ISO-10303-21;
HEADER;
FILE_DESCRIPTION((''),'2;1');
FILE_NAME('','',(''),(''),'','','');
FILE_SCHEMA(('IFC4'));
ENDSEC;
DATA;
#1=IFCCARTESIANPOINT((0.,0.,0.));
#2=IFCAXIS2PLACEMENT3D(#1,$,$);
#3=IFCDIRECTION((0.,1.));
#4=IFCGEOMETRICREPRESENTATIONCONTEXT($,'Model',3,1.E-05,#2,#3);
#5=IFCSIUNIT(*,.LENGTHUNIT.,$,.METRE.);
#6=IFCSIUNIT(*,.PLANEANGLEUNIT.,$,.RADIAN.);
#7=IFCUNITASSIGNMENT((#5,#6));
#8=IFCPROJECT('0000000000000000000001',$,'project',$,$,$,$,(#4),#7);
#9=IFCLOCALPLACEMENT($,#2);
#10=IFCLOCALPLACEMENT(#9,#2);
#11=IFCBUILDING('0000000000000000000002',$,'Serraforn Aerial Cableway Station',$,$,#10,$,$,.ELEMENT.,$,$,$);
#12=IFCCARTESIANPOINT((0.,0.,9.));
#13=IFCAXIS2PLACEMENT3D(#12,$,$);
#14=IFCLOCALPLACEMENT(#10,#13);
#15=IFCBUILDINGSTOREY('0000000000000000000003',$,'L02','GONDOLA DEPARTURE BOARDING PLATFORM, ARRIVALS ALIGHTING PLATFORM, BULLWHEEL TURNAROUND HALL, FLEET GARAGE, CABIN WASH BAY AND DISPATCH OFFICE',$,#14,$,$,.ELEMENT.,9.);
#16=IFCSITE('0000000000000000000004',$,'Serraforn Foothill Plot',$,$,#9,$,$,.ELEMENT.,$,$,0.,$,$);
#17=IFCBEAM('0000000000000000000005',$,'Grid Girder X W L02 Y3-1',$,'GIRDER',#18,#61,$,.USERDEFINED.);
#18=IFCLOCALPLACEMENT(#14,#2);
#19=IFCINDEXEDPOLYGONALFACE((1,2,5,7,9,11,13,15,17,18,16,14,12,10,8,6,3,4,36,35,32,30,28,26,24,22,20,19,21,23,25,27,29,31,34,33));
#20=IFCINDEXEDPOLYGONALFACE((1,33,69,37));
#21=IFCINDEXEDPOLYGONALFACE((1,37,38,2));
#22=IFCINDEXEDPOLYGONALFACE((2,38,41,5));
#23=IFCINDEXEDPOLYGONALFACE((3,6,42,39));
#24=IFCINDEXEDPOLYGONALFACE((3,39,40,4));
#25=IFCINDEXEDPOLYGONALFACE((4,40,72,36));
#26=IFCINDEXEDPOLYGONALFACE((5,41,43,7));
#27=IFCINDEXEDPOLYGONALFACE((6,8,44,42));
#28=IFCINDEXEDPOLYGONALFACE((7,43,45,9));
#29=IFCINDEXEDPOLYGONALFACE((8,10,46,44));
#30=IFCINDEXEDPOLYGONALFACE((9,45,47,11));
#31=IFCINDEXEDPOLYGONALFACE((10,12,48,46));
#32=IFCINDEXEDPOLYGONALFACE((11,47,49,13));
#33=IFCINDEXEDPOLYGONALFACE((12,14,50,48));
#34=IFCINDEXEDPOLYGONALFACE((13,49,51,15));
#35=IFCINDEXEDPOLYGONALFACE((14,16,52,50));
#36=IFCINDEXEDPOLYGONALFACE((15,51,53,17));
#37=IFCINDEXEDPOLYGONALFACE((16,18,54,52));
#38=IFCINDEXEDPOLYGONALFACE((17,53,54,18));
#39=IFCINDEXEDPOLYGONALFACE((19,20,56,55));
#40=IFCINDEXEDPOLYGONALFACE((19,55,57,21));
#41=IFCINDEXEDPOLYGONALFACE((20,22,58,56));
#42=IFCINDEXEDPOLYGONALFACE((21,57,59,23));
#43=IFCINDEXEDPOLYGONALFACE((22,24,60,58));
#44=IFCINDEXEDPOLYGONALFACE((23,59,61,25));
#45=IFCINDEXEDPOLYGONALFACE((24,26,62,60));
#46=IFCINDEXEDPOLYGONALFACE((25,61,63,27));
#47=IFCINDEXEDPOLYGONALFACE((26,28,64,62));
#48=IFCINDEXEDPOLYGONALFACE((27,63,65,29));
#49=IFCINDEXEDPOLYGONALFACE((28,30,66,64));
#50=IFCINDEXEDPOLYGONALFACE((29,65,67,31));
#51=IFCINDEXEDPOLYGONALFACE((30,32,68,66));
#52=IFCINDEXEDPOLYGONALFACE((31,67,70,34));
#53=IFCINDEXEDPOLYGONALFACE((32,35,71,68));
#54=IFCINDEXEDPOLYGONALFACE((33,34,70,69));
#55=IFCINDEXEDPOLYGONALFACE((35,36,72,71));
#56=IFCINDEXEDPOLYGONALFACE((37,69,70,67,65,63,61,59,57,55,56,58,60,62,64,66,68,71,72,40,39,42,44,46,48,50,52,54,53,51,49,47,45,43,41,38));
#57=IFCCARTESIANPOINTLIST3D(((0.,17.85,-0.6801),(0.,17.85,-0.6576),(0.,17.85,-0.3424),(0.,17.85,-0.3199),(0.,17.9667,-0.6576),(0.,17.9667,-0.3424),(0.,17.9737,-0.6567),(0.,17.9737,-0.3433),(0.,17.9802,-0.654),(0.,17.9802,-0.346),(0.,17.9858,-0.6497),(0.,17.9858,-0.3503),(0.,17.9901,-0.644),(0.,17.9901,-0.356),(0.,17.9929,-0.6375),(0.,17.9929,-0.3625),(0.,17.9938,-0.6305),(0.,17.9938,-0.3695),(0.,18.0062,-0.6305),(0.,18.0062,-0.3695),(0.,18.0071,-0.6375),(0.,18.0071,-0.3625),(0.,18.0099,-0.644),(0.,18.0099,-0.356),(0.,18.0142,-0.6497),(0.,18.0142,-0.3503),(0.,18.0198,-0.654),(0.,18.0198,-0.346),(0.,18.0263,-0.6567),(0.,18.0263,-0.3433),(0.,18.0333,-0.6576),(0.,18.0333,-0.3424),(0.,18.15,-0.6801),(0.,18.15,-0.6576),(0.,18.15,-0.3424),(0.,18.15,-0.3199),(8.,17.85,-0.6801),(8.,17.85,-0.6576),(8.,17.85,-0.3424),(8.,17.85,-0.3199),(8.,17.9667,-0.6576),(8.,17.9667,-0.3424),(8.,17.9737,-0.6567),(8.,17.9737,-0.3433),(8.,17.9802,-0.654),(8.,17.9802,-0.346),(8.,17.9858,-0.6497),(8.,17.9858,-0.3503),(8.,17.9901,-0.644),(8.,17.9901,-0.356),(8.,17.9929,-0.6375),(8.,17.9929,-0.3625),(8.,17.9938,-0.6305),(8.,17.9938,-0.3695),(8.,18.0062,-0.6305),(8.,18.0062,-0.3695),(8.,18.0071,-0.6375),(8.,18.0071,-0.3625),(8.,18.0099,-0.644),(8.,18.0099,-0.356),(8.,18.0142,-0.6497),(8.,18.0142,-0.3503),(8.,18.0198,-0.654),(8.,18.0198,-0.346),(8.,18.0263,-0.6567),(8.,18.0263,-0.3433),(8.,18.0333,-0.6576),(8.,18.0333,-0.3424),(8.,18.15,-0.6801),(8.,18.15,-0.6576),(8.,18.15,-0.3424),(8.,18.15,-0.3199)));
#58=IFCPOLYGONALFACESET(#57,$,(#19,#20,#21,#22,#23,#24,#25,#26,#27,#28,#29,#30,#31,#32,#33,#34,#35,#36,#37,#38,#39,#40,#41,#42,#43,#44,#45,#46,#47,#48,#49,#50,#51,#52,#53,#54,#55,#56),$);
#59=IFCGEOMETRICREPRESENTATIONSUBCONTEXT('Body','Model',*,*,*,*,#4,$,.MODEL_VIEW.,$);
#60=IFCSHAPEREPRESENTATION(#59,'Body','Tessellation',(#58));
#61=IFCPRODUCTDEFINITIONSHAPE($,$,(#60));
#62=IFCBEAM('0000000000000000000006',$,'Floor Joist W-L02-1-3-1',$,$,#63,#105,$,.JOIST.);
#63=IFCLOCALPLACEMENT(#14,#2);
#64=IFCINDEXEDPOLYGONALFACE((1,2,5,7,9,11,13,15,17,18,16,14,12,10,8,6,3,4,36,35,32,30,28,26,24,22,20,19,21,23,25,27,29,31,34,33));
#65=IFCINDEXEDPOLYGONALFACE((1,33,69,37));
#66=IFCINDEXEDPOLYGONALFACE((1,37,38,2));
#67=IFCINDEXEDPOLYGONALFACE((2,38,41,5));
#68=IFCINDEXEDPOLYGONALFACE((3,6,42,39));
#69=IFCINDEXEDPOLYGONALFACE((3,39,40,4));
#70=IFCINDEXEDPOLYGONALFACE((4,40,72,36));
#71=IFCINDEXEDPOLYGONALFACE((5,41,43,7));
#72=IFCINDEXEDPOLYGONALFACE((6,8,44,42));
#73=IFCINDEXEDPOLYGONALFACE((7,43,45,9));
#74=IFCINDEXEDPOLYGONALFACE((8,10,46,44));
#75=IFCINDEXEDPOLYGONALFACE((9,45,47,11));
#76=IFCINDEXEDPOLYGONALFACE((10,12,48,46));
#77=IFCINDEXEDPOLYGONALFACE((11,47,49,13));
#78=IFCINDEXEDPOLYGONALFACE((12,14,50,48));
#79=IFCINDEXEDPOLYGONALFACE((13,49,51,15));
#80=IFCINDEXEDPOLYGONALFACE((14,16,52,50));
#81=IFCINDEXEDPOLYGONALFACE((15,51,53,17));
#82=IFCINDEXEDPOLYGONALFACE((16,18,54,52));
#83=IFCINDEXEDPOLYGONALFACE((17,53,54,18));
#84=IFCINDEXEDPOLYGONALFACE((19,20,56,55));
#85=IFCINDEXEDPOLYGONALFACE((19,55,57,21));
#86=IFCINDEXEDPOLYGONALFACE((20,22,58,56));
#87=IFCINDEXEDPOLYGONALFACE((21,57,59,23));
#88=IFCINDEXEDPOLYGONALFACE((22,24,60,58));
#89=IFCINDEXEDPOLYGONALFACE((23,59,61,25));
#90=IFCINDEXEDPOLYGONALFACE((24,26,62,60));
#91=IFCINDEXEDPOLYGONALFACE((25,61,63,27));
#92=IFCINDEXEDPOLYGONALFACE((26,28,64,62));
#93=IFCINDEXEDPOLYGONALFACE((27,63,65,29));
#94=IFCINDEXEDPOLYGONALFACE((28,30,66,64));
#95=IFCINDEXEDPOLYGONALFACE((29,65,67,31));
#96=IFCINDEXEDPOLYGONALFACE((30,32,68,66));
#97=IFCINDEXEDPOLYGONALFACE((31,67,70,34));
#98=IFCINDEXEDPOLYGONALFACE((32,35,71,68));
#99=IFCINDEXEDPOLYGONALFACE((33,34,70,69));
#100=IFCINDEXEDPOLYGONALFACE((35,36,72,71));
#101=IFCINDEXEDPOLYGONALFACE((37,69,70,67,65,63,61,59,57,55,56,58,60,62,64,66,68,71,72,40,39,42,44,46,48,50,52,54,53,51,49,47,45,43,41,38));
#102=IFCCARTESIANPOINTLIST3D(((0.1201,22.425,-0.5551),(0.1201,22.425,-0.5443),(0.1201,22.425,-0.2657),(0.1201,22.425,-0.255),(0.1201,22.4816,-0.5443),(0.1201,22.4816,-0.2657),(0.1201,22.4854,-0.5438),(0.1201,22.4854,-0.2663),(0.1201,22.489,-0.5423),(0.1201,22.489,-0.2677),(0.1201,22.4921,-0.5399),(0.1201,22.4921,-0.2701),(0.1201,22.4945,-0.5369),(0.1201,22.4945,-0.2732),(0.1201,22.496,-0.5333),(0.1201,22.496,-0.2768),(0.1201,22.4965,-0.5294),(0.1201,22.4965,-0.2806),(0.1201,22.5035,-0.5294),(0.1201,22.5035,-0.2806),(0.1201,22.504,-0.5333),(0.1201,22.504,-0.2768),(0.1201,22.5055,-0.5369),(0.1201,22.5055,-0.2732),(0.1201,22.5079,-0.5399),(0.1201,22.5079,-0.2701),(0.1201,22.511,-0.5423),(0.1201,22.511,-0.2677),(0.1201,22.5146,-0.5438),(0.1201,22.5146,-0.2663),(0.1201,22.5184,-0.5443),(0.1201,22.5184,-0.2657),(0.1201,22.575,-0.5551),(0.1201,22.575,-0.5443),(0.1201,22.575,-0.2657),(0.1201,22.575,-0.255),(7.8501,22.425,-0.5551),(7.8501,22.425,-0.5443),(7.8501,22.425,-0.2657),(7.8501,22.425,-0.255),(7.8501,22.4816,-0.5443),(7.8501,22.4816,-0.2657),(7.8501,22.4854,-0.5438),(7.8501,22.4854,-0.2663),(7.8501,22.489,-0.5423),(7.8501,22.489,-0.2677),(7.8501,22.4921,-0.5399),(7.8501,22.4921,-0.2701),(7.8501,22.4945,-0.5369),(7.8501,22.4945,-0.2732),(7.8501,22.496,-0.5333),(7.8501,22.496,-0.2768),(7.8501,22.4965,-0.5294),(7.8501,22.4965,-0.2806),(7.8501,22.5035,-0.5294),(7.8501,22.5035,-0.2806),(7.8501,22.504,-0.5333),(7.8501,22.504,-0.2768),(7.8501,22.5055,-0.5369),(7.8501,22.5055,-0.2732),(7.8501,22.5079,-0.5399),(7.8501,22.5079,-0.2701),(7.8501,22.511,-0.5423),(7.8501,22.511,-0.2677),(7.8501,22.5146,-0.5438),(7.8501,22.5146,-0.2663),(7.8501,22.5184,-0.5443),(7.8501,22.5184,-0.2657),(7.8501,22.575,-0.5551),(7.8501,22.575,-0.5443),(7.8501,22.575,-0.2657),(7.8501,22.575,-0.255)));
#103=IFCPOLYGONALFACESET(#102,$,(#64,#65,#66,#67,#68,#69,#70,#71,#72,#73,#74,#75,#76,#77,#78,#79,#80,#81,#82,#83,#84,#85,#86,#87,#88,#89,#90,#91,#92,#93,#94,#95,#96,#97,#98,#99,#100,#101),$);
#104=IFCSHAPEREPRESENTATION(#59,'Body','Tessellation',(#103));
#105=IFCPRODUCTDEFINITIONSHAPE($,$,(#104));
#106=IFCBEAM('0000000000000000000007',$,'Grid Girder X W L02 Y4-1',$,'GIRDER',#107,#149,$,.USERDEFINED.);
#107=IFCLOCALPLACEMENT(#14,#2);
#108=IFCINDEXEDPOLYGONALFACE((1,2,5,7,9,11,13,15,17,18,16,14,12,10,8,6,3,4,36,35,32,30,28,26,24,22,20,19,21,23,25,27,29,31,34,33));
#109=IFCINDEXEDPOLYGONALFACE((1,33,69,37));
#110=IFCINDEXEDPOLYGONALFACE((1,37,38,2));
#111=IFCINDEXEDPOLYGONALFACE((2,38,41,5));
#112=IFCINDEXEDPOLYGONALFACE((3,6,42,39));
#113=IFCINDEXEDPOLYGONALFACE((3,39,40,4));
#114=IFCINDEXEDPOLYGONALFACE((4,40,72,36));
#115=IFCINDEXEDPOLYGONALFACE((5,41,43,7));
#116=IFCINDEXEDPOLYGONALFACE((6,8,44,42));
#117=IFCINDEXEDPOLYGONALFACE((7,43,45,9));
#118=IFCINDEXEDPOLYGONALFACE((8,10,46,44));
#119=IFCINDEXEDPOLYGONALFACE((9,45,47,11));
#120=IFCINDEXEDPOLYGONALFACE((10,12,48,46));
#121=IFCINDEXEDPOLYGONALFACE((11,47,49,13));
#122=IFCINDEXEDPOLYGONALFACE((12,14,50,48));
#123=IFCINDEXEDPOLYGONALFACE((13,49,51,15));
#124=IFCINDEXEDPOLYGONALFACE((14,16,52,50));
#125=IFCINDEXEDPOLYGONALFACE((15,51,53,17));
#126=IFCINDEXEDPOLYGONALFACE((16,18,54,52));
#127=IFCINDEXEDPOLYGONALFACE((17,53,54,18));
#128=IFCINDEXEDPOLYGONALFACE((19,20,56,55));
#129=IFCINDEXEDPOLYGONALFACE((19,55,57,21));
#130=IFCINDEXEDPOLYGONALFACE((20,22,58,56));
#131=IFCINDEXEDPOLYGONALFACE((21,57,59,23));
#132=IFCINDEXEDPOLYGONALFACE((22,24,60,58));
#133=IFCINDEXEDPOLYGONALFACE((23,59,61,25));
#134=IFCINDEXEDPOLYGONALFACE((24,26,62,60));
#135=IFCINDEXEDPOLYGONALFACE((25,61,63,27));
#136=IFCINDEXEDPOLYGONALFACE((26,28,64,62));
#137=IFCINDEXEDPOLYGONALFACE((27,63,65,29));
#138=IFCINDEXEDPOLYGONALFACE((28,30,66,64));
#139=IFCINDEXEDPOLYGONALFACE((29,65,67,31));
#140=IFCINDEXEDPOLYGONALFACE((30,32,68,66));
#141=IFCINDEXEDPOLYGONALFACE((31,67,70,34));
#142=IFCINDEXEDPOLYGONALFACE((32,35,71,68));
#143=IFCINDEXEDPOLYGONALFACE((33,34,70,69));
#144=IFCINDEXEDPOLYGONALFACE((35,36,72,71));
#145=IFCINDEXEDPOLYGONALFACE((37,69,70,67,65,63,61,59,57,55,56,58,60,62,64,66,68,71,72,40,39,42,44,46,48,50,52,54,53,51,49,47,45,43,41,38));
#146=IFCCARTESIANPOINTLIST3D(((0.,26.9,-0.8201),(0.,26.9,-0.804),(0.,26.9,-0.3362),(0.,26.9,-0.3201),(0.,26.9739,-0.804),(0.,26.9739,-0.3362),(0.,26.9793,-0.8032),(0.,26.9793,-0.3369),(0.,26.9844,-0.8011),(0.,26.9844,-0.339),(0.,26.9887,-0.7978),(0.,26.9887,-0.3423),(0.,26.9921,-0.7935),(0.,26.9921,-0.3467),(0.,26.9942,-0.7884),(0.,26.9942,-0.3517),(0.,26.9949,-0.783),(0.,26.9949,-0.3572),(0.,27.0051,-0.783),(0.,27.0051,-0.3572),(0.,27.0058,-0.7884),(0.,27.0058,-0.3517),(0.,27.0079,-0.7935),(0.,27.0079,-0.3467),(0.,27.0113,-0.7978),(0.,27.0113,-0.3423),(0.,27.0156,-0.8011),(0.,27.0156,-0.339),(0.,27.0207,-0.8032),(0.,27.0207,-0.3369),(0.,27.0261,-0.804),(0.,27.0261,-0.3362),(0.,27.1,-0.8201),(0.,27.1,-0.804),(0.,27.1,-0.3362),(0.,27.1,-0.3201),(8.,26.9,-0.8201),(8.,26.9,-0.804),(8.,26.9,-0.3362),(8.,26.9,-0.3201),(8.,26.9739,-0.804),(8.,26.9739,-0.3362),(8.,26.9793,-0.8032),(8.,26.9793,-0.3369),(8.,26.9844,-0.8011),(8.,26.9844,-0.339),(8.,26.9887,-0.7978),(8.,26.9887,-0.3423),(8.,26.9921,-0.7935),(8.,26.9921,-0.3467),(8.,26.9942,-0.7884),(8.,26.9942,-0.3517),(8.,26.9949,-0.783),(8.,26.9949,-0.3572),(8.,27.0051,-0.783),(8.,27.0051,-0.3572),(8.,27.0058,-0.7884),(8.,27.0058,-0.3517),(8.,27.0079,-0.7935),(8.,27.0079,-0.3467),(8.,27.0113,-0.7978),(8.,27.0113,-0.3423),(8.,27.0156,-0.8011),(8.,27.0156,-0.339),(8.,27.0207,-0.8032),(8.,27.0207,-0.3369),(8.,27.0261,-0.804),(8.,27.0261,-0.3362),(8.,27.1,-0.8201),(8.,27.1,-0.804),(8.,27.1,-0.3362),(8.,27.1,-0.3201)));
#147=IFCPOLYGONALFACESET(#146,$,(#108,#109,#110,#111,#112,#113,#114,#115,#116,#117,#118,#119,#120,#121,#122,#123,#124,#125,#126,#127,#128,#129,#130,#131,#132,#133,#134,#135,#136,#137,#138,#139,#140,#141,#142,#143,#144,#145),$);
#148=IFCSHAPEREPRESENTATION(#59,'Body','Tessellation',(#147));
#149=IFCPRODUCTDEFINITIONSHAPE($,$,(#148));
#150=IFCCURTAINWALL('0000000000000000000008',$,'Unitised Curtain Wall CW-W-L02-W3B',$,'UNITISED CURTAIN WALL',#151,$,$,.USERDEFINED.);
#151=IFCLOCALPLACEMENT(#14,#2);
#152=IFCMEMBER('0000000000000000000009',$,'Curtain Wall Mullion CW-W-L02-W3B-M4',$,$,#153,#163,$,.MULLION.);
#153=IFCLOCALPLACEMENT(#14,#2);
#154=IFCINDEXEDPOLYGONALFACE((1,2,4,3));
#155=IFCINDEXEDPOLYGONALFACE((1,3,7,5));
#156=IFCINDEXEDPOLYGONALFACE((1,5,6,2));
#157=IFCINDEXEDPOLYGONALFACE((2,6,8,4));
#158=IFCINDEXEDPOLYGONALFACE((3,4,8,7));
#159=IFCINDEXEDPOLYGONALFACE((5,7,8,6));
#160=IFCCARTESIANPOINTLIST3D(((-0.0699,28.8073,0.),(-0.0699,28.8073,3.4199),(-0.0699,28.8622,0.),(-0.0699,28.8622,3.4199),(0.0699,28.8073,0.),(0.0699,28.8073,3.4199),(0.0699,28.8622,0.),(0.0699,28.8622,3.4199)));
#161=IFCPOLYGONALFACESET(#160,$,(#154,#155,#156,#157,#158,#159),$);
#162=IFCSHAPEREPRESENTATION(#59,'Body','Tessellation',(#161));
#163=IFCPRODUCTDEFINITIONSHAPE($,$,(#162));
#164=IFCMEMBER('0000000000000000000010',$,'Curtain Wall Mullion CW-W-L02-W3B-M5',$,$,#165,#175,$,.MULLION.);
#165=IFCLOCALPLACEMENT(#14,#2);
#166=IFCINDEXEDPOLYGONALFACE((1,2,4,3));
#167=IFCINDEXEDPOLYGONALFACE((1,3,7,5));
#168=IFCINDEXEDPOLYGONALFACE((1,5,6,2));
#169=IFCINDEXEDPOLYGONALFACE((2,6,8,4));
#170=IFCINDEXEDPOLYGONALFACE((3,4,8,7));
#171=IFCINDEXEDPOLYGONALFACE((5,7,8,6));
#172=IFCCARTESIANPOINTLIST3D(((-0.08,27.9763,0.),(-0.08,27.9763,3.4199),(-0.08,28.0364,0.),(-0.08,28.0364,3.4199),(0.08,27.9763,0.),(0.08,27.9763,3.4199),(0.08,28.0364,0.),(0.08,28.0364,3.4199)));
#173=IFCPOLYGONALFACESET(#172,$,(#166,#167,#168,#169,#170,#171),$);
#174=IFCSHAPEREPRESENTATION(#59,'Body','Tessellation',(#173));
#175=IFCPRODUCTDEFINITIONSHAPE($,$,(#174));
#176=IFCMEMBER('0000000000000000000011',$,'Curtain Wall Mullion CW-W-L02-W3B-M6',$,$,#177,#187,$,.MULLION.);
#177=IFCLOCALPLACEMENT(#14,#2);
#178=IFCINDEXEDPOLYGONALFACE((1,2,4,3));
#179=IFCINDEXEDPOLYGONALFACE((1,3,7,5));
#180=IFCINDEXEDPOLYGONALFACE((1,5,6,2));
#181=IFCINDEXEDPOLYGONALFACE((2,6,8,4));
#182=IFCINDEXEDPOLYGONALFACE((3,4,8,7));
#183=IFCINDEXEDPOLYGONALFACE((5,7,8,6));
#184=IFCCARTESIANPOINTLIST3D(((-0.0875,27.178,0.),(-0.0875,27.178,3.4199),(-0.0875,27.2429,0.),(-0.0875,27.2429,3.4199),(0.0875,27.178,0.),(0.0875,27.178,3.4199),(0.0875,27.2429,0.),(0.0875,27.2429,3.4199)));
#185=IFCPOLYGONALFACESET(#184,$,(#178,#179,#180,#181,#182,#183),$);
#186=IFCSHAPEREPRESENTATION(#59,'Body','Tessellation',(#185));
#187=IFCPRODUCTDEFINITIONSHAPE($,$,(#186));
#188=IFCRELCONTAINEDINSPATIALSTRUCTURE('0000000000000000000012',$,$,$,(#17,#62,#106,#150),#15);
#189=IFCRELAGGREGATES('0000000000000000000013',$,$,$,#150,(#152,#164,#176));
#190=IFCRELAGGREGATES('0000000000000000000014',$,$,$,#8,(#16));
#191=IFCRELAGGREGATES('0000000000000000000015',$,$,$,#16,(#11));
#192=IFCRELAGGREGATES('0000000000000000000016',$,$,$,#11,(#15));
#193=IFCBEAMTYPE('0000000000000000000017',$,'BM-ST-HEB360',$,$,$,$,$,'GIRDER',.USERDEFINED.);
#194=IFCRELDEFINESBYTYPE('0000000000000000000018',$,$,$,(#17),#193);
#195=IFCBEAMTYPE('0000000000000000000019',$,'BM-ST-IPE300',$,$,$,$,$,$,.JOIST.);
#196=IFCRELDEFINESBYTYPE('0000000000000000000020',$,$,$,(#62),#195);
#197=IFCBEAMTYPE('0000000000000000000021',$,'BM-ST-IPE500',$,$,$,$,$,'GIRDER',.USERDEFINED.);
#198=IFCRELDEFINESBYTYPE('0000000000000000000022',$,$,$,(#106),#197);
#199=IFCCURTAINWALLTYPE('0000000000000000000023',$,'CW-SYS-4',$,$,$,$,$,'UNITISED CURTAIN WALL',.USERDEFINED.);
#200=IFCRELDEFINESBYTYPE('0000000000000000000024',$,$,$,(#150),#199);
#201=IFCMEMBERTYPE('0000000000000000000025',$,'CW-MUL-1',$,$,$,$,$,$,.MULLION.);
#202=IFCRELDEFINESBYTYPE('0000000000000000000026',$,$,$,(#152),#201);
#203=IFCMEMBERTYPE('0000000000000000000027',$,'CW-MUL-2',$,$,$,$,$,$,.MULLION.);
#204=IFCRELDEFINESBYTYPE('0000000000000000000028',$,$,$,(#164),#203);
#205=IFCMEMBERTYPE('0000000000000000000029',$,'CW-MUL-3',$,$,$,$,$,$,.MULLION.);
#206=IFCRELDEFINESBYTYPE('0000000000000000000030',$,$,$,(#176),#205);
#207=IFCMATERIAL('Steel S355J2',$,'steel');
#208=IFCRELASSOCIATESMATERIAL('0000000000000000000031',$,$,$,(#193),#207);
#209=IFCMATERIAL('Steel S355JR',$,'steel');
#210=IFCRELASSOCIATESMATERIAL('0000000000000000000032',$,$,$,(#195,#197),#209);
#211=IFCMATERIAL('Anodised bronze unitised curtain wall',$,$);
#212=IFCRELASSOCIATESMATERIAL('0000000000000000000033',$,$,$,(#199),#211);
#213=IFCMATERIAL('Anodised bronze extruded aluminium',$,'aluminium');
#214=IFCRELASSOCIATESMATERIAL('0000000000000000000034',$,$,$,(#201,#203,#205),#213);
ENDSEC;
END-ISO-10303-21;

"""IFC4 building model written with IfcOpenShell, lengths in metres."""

from ifc_helpers import new_model, si_unit, direction, frame, origin, origin_2d, place, context, subcontext, project, spatial, rectangle, i_section, extrude, material, material_profile, profile_set, type_object, element, aggregate, save


model = new_model("IFC4")

# Units and contexts
model_context = context("Model", 3, precision=1e-05, world=origin(), true_north=direction((0.0, 1.0)))
body_context = subcontext(model_context, "Body", "Model", "MODEL_VIEW")
ifc_project = project(units=[si_unit("LENGTHUNIT", "METRE"), si_unit("PLANEANGLEUNIT", "RADIAN")], contexts=[model_context])

# Site, building, storey
site_placement = place(None, origin())
site = spatial("IfcSite", under=ifc_project, at=site_placement, Name="Serraforn Foothill Plot", CompositionType="ELEMENT", RefElevation=0.0)
building_placement = place(site_placement, origin())
building = spatial("IfcBuilding", under=site, at=building_placement, Name="Serraforn Aerial Cableway Station", CompositionType="ELEMENT")
storey_placement = place(building_placement, frame((0.0, 0.0, 9.0)))
storey = spatial("IfcBuildingStorey", under=building, at=storey_placement, Name="L02", Description="GONDOLA DEPARTURE BOARDING PLATFORM, ARRIVALS ALIGHTING PLATFORM, BULLWHEEL TURNAROUND HALL, FLEET GARAGE, CABIN WASH BAY AND DISPATCH OFFICE", CompositionType="ELEMENT", Elevation=9.0)

# Shared definitions
ifc_material_1 = material(Name="Steel S355J2", Category="steel")

# Beams
ifc_material_2 = material(Name="Steel S355JR", Category="steel")
ifc_material_profile_1 = material_profile(ifc_material_1, i_section(OverallWidth=0.3, OverallDepth=0.3601, WebThickness=0.0125, FlangeThickness=0.0225, FilletRadius=0.0271, at=origin_2d()), Name="HEB 360")
ifc_profile_set_1 = profile_set([ifc_material_profile_1], Name="Steel S355J2")
beam_type_1 = type_object("IfcBeamType", Name="BM-ST-HEB360", ElementType="GIRDER", PredefinedType="USERDEFINED", material=ifc_profile_set_1)
beam_1_placement = place(storey_placement, frame((0.0, 18.0, -0.5), z_axis=(1.0, 0.0, 0.0), x_axis=(0.0, 1.0, 0.0)))
element("IfcBeam", 1, at=beam_1_placement, inside=storey, type_object=beam_type_1, Name="Grid Girder X W L02 Y3-1", ObjectType="GIRDER", PredefinedType="USERDEFINED", context=body_context, shape_type="SweptSolid", body=[
    extrude(i_section(OverallWidth=0.3, OverallDepth=0.3601, WebThickness=0.0125, FlangeThickness=0.0225, FilletRadius=0.0271, at=origin_2d()), origin(), (0.0, 0.0, 1.0), 8.0),
])
ifc_material_profile_2 = material_profile(ifc_material_2, i_section(OverallWidth=0.1499, OverallDepth=0.3, WebThickness=0.0071, FlangeThickness=0.0107, FilletRadius=0.0149, at=origin_2d()), Name="IPE 300")
ifc_profile_set_2 = profile_set([ifc_material_profile_2], Name="Steel S355JR")
beam_type_2 = type_object("IfcBeamType", Name="BM-ST-IPE300", PredefinedType="JOIST", material=ifc_profile_set_2)
beam_2_placement = place(storey_placement, frame((0.1201, 22.5, -0.405), z_axis=(1.0, 0.0, 0.0), x_axis=(0.0, 1.0, 0.0)))
element("IfcBeam", 2, at=beam_2_placement, inside=storey, type_object=beam_type_2, Name="Floor Joist W-L02-1-3-1", PredefinedType="JOIST", context=body_context, shape_type="SweptSolid", body=[
    extrude(i_section(OverallWidth=0.1499, OverallDepth=0.3, WebThickness=0.0071, FlangeThickness=0.0107, FilletRadius=0.0149, at=origin_2d()), origin(), (0.0, 0.0, 1.0), 7.73),
])
ifc_material_profile_3 = material_profile(ifc_material_2, i_section(OverallWidth=0.2, OverallDepth=0.5, WebThickness=0.0103, FlangeThickness=0.0161, FilletRadius=0.021, at=origin_2d()), Name="IPE 500")
ifc_profile_set_3 = profile_set([ifc_material_profile_3], Name="Steel S355JR")
beam_type_3 = type_object("IfcBeamType", Name="BM-ST-IPE500", ElementType="GIRDER", PredefinedType="USERDEFINED", material=ifc_profile_set_3)
beam_3_placement = place(storey_placement, frame((0.0, 27.0, -0.5701), z_axis=(1.0, 0.0, 0.0), x_axis=(0.0, 1.0, 0.0)))
element("IfcBeam", 3, at=beam_3_placement, inside=storey, type_object=beam_type_3, Name="Grid Girder X W L02 Y4-1", ObjectType="GIRDER", PredefinedType="USERDEFINED", context=body_context, shape_type="SweptSolid", body=[
    extrude(i_section(OverallWidth=0.2, OverallDepth=0.5, WebThickness=0.0103, FlangeThickness=0.0161, FilletRadius=0.021, at=origin_2d()), origin(), (0.0, 0.0, 1.0), 8.0),
])

# Curtain wall, members
ifc_material_3 = material(Name="Anodised bronze unitised curtain wall")
curtain_wall_type = type_object("IfcCurtainWallType", Name="CW-SYS-4", ElementType="UNITISED CURTAIN WALL", PredefinedType="USERDEFINED", material=ifc_material_3)
curtain_wall_placement = place(storey_placement, origin())
curtain_wall = element("IfcCurtainWall", 4, at=curtain_wall_placement, inside=storey, type_object=curtain_wall_type, Name="Unitised Curtain Wall CW-W-L02-W3B", ObjectType="UNITISED CURTAIN WALL", PredefinedType="USERDEFINED")
ifc_material_4 = material(Name="Anodised bronze extruded aluminium", Category="aluminium")
ifc_material_profile_4 = material_profile(ifc_material_4, rectangle(XDim=0.0549, YDim=0.1399, at=origin_2d()), Name="CW MULLION 55x140")
ifc_profile_set_4 = profile_set([ifc_material_profile_4], Name="Anodised bronze extruded aluminium")
member_type_1 = type_object("IfcMemberType", Name="CW-MUL-1", PredefinedType="MULLION", material=ifc_profile_set_4)
member_1_placement = place(storey_placement, frame((0.0, 28.8347, 0.0), z_axis=(0.0, 0.0, 1.0), x_axis=(0.0, -1.0, 0.0)))
member_1 = element("IfcMember", 5, at=member_1_placement, type_object=member_type_1, Name="Curtain Wall Mullion CW-W-L02-W3B-M4", PredefinedType="MULLION", context=body_context, shape_type="SweptSolid", body=[
    extrude(rectangle(XDim=0.0549, YDim=0.1399, at=origin_2d()), origin(), (0.0, 0.0, 1.0), 3.4199),
])
ifc_material_profile_5 = material_profile(ifc_material_4, rectangle(XDim=0.0601, YDim=0.1599, at=origin_2d()), Name="CW MULLION 60x160")
ifc_profile_set_5 = profile_set([ifc_material_profile_5], Name="Anodised bronze extruded aluminium")
member_type_2 = type_object("IfcMemberType", Name="CW-MUL-2", PredefinedType="MULLION", material=ifc_profile_set_5)
member_2_placement = place(storey_placement, frame((0.0, 28.0063, 0.0), z_axis=(0.0, 0.0, 1.0), x_axis=(0.0, -1.0, 0.0)))
member_2 = element("IfcMember", 6, at=member_2_placement, type_object=member_type_2, Name="Curtain Wall Mullion CW-W-L02-W3B-M5", PredefinedType="MULLION", context=body_context, shape_type="SweptSolid", body=[
    extrude(rectangle(XDim=0.0601, YDim=0.1599, at=origin_2d()), origin(), (0.0, 0.0, 1.0), 3.4199),
])
ifc_material_profile_6 = material_profile(ifc_material_4, rectangle(XDim=0.0649, YDim=0.175, at=origin_2d()), Name="CW MULLION 65x175")
ifc_profile_set_6 = profile_set([ifc_material_profile_6], Name="Anodised bronze extruded aluminium")
member_type_3 = type_object("IfcMemberType", Name="CW-MUL-3", PredefinedType="MULLION", material=ifc_profile_set_6)
member_3_placement = place(storey_placement, frame((0.0, 27.2104, 0.0), z_axis=(0.0, 0.0, 1.0), x_axis=(0.0, -1.0, 0.0)))
member_3 = element("IfcMember", 7, at=member_3_placement, type_object=member_type_3, Name="Curtain Wall Mullion CW-W-L02-W3B-M6", PredefinedType="MULLION", context=body_context, shape_type="SweptSolid", body=[
    extrude(rectangle(XDim=0.0649, YDim=0.175, at=origin_2d()), origin(), (0.0, 0.0, 1.0), 3.4199),
])
aggregate(curtain_wall, [member_1, member_2, member_3])

save(model, "model.ifc")
